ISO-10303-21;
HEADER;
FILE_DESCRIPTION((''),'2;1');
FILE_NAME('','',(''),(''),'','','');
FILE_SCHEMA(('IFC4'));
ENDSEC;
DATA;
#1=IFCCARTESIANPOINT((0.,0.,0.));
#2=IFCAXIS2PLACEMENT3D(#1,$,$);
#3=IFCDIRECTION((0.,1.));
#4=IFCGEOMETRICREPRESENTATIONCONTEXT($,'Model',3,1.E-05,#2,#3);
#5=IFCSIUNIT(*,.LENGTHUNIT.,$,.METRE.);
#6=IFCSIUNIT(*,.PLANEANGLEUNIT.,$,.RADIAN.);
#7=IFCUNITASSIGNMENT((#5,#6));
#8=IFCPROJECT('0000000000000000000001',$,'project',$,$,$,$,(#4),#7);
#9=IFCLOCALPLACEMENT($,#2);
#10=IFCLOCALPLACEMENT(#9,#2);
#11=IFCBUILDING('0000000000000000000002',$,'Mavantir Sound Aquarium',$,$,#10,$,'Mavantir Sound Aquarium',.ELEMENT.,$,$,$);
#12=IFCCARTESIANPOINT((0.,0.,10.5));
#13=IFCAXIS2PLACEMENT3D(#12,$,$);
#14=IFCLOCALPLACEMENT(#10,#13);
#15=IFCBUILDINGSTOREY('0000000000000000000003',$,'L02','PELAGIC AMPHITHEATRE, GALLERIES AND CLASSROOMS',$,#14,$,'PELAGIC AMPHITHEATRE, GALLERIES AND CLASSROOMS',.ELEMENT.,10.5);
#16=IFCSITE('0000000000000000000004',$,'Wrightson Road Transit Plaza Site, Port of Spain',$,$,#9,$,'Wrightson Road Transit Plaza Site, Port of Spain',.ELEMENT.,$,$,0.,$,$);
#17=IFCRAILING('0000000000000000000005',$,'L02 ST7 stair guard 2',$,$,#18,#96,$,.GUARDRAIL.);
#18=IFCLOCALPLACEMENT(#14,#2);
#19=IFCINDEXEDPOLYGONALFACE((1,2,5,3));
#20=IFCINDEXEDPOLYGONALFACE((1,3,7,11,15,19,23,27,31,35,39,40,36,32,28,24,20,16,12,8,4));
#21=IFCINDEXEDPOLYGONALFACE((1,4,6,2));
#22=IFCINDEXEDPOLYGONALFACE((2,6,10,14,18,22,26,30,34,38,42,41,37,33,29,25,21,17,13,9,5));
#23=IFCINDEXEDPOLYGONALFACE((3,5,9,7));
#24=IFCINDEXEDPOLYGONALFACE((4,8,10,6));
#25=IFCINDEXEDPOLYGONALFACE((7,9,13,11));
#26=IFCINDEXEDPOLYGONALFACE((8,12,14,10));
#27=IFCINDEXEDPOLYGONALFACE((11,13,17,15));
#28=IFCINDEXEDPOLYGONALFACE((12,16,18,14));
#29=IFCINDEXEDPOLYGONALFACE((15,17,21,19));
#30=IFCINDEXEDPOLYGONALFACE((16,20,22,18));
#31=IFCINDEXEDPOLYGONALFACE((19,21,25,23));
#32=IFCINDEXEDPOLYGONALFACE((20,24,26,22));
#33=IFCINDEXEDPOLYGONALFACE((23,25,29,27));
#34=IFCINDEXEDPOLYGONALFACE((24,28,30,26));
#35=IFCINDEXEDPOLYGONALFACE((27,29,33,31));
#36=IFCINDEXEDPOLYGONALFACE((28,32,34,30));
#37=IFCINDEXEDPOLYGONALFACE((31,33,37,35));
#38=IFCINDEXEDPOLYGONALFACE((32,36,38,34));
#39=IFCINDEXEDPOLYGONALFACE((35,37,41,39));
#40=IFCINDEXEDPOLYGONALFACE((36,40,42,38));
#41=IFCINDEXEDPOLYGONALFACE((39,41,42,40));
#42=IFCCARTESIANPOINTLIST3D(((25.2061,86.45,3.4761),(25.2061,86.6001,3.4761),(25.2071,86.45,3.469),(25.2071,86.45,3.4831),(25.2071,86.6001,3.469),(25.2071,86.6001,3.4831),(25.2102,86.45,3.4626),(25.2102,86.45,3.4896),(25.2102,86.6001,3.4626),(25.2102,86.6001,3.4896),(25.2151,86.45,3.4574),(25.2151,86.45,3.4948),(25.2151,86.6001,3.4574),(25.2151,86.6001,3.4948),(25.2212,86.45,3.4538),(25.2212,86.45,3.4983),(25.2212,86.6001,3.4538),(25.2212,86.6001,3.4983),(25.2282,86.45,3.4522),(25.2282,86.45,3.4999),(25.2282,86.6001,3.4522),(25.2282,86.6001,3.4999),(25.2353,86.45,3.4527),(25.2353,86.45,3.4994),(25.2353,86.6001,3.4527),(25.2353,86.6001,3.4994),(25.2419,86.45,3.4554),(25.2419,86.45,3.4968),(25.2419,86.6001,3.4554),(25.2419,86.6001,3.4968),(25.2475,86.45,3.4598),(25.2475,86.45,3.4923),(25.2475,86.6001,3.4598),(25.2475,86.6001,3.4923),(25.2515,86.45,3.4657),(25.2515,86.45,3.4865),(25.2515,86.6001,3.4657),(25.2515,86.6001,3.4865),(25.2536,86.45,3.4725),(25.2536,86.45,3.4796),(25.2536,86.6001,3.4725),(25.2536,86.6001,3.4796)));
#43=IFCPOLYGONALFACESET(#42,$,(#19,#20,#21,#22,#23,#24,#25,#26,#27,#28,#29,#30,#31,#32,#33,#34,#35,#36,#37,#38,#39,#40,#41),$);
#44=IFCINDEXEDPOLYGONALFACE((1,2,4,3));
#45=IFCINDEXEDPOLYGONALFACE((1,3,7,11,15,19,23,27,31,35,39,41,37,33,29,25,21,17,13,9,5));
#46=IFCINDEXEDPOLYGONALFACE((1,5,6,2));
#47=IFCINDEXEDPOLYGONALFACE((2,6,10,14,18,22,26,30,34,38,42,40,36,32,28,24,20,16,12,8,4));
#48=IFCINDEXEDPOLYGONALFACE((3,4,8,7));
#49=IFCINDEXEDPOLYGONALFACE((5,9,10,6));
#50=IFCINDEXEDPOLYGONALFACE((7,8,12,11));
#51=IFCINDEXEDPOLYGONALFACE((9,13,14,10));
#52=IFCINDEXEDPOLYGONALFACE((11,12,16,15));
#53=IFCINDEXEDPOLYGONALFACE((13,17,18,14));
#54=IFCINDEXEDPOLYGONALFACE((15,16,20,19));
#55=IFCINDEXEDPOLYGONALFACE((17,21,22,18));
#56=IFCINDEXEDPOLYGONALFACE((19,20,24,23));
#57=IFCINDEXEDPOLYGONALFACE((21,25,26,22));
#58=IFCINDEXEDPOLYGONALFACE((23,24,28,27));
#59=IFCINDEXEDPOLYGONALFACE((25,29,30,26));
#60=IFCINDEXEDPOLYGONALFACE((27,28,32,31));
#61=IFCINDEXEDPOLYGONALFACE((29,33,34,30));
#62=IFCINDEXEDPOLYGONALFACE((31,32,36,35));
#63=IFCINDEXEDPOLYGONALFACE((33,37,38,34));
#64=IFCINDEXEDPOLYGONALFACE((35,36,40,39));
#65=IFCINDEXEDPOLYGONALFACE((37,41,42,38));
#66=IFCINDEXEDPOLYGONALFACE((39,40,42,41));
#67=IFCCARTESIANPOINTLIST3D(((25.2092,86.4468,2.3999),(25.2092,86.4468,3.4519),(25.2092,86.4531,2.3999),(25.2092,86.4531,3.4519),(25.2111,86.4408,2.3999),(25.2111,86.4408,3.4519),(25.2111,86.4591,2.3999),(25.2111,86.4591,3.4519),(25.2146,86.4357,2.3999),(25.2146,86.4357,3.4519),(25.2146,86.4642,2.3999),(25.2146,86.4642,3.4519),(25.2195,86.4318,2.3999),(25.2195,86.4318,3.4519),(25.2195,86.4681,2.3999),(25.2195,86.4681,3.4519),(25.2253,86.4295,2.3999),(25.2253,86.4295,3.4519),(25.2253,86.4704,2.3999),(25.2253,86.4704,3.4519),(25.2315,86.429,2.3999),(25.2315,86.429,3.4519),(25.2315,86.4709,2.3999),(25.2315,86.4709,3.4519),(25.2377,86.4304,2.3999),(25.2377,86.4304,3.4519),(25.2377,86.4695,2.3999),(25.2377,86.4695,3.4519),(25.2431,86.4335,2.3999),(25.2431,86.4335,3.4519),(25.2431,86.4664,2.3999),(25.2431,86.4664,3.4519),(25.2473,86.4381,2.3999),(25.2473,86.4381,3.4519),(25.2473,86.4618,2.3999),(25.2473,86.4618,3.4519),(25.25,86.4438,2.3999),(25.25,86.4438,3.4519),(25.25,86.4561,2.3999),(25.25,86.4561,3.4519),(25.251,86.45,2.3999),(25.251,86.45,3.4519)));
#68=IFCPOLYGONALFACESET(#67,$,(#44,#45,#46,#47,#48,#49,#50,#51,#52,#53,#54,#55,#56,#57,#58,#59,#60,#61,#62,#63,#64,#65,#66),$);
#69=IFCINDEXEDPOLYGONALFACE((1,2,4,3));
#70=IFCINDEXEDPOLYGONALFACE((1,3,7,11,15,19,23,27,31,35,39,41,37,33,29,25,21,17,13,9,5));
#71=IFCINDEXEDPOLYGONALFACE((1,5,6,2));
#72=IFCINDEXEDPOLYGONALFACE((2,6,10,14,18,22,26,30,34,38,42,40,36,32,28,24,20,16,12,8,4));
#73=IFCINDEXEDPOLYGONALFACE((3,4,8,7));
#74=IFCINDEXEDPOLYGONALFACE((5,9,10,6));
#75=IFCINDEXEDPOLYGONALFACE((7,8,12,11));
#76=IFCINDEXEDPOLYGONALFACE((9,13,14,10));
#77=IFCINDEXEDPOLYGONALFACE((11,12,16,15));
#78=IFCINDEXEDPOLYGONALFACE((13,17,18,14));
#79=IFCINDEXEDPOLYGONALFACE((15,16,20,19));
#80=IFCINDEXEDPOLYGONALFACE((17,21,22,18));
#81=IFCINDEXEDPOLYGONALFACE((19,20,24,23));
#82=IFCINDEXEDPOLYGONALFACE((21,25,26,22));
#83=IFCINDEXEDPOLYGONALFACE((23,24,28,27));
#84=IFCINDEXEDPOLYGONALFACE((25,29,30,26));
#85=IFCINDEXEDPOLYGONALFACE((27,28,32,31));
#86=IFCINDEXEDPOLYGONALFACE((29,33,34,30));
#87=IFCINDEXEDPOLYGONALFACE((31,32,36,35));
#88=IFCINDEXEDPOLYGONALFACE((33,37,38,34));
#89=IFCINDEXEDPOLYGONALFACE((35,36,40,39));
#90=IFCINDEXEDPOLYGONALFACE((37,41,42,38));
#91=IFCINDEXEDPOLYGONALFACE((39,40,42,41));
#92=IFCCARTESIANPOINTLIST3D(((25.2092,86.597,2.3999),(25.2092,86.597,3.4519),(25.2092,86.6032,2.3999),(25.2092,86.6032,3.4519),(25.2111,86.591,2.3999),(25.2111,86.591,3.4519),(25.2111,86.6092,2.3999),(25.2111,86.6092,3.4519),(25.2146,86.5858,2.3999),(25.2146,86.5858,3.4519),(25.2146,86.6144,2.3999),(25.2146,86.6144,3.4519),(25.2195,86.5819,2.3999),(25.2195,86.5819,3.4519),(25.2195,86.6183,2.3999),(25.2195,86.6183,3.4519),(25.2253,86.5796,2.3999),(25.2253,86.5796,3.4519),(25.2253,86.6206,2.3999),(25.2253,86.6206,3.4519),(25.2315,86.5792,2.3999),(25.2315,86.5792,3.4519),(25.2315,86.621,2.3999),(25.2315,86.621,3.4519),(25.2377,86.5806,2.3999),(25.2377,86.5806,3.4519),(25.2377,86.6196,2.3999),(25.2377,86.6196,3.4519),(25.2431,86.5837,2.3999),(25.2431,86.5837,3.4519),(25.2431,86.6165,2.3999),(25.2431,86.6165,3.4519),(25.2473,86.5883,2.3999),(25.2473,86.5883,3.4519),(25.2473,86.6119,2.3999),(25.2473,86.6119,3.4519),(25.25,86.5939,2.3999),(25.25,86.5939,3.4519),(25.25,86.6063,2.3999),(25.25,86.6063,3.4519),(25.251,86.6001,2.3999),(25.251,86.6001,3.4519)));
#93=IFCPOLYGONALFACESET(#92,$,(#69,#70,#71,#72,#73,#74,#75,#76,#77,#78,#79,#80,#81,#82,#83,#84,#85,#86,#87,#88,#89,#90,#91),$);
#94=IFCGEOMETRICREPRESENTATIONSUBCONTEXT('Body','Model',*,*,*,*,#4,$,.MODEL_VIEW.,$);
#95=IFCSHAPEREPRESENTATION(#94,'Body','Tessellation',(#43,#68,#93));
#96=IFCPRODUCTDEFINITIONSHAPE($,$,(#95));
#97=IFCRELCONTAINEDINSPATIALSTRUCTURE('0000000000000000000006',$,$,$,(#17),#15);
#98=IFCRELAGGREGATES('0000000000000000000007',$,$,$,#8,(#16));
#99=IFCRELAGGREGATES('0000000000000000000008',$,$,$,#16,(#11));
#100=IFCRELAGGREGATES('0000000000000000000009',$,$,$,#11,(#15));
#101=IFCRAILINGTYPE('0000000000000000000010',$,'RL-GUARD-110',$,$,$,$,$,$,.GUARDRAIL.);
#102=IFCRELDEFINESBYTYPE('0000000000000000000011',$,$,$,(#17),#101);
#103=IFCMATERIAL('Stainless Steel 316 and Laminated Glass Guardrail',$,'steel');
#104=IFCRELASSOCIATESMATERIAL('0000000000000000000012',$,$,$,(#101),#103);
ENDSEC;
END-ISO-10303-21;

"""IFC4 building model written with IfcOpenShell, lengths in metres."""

from ifc_helpers import new_model, si_unit, direction, frame, origin, origin_2d, place, context, subcontext, project, spatial, circle, extrude, material, type_object, element, save


model = new_model("IFC4")

# Units and contexts
model_context = context("Model", 3, precision=1e-05, world=origin(), true_north=direction((0.0, 1.0)))
body_context = subcontext(model_context, "Body", "Model", "MODEL_VIEW")
ifc_project = project(units=[si_unit("LENGTHUNIT", "METRE"), si_unit("PLANEANGLEUNIT", "RADIAN")], contexts=[model_context])

# Site, building, storey
site_placement = place(None, origin())
site = spatial("IfcSite", under=ifc_project, at=site_placement, Name="Wrightson Road Transit Plaza Site, Port of Spain", LongName="Wrightson Road Transit Plaza Site, Port of Spain", CompositionType="ELEMENT", RefElevation=0.0)
building_placement = place(site_placement, origin())
building = spatial("IfcBuilding", under=site, at=building_placement, Name="Mavantir Sound Aquarium", LongName="Mavantir Sound Aquarium", CompositionType="ELEMENT")
storey_placement = place(building_placement, frame((0.0, 0.0, 10.5)))
storey = spatial("IfcBuildingStorey", under=building, at=storey_placement, Name="L02", Description="PELAGIC AMPHITHEATRE, GALLERIES AND CLASSROOMS", LongName="PELAGIC AMPHITHEATRE, GALLERIES AND CLASSROOMS", CompositionType="ELEMENT", Elevation=10.5)

# Railing
ifc_material_1 = material(Name="Stainless Steel 316 and Laminated Glass Guardrail", Category="steel")
railing_type_1 = type_object("IfcRailingType", Name="RL-GUARD-110", PredefinedType="GUARDRAIL", material=ifc_material_1)
railing_1_placement = place(storey_placement, frame((25.23, 86.45, 2.3999)))
element("IfcRailing", 1, at=railing_1_placement, inside=storey, type_object=railing_type_1, Name="L02 ST7 stair guard 2", PredefinedType="GUARDRAIL", context=body_context, shape_type="SweptSolid", body=[
    extrude(circle(Radius=0.0239, at=origin_2d()), frame((0.0, 0.0, 1.0762), z_axis=(0.0, 1.0, 0.0), x_axis=(-1.0, 0.0, 0.0)), (0.0, 0.0, 1.0), 0.1501),
    extrude(circle(Radius=0.021, at=origin_2d()), origin(), (0.0, 0.0, 1.0), 1.052),
    extrude(circle(Radius=0.021, at=origin_2d()), frame((0.0, 0.1501, 0.0)), (0.0, 0.0, 1.0), 1.052),
])

save(model, "model.ifc")
